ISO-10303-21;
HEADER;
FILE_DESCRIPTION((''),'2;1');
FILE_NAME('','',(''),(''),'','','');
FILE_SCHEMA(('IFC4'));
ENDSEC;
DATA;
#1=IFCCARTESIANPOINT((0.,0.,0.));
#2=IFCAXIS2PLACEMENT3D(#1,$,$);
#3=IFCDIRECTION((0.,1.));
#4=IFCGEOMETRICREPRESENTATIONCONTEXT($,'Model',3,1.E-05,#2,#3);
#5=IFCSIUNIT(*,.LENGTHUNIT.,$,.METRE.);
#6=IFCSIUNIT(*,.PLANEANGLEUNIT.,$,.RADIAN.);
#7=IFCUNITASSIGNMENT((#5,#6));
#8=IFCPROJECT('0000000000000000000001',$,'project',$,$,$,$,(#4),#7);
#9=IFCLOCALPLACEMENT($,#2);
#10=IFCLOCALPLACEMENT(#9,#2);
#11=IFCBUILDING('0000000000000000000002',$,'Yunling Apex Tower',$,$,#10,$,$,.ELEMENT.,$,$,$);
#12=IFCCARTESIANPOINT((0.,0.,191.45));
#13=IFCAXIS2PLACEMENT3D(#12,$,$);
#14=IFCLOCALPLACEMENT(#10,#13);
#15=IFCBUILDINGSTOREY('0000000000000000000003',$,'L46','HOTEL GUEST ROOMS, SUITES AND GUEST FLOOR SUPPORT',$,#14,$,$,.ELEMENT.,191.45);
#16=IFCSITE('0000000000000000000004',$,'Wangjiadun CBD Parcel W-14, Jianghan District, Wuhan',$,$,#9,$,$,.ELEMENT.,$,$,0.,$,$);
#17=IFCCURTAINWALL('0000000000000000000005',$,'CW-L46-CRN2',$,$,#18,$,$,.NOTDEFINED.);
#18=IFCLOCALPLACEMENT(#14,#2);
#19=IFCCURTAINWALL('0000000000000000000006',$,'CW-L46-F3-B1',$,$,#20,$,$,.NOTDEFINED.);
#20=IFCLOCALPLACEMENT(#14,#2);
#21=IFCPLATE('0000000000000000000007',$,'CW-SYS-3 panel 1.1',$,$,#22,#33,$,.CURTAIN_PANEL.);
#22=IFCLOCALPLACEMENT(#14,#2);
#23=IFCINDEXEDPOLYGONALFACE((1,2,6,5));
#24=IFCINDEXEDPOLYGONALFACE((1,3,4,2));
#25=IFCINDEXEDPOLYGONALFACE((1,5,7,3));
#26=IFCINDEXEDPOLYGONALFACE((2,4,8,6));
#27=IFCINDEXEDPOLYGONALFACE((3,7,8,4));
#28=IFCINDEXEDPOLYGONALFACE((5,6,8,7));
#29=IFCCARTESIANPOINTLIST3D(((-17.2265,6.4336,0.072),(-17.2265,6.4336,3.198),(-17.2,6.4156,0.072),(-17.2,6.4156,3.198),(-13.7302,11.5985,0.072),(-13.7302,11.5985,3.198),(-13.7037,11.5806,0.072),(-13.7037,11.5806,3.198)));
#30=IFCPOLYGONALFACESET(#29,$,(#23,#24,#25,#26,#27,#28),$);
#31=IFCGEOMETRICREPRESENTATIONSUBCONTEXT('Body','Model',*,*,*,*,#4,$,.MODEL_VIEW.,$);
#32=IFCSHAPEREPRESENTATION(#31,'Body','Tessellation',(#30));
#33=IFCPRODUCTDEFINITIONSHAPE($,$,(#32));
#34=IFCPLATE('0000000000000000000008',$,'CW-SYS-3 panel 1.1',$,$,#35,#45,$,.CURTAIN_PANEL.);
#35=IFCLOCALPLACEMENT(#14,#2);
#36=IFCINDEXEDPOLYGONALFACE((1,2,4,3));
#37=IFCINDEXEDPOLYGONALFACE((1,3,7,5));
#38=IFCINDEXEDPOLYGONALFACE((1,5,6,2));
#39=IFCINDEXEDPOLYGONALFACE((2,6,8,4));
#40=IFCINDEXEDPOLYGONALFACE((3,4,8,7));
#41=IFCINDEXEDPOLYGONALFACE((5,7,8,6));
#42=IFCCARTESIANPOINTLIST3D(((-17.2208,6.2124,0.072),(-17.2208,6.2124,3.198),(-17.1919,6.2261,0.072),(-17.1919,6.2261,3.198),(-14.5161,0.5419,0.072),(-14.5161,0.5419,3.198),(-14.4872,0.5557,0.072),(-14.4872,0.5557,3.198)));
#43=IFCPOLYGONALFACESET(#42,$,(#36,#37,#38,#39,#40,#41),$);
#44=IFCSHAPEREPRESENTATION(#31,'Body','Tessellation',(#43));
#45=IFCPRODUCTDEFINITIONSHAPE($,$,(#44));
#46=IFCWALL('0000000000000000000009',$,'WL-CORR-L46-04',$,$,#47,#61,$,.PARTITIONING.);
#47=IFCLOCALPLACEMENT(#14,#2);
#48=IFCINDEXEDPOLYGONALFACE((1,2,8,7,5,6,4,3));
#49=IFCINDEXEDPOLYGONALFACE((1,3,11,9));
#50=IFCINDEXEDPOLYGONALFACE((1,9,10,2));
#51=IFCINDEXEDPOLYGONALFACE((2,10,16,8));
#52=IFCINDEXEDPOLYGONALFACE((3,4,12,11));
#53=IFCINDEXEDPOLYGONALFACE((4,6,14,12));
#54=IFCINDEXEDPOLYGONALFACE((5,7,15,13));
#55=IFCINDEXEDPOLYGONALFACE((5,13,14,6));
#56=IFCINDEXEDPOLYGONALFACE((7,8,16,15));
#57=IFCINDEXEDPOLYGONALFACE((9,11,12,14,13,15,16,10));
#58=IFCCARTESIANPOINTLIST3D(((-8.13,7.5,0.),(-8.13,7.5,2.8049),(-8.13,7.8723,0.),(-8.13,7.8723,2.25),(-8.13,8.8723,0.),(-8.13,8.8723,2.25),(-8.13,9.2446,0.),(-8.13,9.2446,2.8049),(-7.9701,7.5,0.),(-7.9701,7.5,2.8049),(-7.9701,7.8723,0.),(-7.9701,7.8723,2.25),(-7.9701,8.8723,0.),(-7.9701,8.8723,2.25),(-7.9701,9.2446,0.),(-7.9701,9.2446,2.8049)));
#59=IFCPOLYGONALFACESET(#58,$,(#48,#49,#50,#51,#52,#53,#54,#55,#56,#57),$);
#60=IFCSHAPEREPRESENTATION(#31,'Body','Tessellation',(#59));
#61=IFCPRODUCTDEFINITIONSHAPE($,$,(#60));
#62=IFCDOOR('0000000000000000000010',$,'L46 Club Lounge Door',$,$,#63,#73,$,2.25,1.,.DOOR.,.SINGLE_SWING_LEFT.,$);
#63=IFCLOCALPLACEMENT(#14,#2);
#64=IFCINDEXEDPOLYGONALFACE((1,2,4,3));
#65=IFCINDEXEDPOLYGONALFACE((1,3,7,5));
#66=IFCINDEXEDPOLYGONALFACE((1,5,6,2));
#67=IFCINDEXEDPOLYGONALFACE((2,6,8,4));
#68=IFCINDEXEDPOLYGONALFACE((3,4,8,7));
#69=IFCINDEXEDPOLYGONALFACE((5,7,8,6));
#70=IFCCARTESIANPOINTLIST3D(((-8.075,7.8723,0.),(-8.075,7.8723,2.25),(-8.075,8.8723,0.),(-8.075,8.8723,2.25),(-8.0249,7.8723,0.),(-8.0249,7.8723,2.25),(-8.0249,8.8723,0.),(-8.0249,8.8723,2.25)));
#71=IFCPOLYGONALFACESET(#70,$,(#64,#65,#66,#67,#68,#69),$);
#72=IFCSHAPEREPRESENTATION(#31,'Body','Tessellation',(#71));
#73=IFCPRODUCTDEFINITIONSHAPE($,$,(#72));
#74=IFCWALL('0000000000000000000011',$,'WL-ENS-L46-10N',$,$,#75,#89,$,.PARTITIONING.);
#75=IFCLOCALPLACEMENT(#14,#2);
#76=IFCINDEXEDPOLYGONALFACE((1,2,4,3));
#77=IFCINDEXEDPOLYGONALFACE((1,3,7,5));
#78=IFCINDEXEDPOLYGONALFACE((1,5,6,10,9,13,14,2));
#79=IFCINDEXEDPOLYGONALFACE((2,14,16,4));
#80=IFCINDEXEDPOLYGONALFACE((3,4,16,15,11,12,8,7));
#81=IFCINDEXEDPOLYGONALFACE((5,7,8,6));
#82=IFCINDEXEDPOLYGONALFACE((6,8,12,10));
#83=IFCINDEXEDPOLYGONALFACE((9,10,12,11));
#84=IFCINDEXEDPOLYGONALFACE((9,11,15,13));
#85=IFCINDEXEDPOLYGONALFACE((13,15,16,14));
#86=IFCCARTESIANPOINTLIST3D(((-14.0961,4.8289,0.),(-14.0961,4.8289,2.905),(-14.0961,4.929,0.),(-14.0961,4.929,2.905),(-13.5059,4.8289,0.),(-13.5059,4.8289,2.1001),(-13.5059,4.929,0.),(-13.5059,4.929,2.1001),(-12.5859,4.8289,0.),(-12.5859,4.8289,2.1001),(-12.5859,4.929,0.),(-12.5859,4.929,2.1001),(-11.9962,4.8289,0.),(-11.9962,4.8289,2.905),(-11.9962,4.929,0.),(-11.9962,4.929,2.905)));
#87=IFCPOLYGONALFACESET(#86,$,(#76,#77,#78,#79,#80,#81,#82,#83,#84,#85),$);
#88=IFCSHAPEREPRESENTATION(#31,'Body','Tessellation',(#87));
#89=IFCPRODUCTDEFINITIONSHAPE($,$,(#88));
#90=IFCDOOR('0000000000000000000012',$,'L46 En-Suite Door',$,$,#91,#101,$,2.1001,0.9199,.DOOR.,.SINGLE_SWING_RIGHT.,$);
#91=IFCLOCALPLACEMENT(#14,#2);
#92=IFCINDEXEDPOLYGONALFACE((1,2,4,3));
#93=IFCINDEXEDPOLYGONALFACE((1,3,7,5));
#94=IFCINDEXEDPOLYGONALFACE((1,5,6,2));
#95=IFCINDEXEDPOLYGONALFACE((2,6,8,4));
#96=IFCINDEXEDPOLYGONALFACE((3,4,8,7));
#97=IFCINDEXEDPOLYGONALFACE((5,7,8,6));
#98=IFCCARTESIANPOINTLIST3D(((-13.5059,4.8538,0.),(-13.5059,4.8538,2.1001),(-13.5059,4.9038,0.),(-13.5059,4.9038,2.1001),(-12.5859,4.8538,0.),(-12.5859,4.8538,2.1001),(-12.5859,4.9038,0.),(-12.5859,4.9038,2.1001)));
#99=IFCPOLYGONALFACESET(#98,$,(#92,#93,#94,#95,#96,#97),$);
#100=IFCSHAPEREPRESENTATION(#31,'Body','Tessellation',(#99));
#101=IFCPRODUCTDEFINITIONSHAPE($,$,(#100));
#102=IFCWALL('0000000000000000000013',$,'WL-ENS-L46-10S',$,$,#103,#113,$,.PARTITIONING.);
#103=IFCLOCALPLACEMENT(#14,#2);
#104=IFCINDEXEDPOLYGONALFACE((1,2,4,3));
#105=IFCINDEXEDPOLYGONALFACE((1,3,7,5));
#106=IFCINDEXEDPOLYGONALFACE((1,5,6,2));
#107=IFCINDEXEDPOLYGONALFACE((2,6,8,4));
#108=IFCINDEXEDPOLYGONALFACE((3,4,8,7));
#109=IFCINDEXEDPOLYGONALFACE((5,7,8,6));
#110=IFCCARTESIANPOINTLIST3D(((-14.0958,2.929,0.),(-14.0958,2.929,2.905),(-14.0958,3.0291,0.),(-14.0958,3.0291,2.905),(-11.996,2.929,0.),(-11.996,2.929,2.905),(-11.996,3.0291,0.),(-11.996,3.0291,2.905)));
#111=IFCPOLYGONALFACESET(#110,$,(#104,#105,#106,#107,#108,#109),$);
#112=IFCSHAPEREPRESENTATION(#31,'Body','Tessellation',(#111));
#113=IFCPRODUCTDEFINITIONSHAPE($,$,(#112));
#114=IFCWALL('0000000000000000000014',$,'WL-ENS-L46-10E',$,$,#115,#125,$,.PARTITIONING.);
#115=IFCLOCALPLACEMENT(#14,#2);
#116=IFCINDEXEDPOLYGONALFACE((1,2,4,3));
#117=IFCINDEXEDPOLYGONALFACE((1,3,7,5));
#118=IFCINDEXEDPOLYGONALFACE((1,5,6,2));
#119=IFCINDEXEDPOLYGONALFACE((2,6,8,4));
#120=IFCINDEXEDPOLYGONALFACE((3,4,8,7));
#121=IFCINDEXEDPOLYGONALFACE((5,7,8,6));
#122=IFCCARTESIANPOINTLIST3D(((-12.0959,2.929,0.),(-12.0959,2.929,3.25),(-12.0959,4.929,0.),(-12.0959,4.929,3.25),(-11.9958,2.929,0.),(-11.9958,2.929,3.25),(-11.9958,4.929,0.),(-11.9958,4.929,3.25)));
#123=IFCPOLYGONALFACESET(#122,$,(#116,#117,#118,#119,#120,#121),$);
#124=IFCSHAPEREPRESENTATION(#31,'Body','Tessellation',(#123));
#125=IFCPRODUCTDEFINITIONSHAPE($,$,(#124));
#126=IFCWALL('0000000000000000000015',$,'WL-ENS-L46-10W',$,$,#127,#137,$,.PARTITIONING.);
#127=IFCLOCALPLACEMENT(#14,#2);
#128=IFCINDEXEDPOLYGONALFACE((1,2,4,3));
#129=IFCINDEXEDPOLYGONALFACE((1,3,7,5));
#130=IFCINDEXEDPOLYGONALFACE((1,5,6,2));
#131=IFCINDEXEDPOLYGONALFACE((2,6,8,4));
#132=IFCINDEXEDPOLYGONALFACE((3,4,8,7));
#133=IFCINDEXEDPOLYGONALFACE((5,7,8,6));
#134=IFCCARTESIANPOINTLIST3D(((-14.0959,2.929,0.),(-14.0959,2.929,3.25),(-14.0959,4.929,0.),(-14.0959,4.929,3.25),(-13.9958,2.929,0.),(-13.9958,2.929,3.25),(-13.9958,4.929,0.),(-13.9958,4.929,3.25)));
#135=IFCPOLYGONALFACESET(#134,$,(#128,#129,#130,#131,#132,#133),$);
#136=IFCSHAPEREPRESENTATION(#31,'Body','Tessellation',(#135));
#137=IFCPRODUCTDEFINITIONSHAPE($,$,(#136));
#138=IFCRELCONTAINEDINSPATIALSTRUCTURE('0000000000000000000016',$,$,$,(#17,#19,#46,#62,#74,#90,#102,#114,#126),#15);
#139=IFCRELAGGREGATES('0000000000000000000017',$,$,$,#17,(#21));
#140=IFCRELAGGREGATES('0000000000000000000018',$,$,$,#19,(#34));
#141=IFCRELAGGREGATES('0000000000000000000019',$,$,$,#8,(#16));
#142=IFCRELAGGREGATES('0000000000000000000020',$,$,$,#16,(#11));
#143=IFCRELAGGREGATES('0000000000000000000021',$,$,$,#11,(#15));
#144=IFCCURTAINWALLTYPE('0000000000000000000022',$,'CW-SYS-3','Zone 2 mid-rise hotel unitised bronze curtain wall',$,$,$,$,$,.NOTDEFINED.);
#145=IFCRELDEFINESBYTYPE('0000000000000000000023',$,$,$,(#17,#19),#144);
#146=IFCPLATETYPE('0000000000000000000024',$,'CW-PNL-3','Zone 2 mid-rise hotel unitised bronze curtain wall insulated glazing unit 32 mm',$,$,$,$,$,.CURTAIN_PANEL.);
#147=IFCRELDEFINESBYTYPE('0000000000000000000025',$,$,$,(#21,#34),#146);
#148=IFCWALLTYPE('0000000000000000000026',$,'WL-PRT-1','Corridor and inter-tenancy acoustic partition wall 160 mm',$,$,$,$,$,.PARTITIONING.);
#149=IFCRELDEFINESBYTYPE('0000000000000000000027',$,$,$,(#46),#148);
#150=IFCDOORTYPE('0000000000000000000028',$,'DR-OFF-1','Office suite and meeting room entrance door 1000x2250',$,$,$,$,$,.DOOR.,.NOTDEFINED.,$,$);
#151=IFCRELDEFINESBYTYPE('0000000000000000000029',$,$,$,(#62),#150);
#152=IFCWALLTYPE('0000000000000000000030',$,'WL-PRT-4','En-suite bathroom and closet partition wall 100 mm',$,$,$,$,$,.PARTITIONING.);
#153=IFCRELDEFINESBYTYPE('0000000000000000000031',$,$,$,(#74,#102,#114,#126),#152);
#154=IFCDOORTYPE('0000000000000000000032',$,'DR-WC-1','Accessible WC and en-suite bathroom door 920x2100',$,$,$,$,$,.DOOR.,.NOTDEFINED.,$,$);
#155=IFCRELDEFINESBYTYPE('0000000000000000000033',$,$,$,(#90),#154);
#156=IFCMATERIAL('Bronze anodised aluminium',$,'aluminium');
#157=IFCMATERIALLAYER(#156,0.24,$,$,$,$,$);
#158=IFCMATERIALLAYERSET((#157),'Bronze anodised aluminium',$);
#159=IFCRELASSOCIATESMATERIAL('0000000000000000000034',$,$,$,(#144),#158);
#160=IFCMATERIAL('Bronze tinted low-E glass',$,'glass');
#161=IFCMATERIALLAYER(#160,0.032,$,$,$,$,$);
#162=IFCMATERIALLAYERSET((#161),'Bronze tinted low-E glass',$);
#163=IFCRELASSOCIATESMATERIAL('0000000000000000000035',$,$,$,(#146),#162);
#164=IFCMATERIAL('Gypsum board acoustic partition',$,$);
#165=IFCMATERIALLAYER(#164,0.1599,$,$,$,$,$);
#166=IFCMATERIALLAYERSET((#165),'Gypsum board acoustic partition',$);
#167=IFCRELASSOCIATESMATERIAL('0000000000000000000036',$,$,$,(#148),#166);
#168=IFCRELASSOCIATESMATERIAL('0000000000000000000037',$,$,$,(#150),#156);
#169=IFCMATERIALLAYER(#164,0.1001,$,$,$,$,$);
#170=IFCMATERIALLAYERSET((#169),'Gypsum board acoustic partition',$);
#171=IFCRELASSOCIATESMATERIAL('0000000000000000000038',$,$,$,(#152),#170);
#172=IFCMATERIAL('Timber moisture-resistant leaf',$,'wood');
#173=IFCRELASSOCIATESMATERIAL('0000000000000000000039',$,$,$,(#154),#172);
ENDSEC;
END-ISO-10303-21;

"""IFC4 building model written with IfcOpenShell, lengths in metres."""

from ifc_helpers import new_model, si_unit, direction, frame, frame_2d, origin, origin_2d, place, context, subcontext, project, spatial, rectangle, extrude, source, transform, mapped, material, layer, layer_set, type_object, element, fill, aggregate, save


model = new_model("IFC4")

# Units and contexts
model_context = context("Model", 3, precision=1e-05, world=origin(), true_north=direction((0.0, 1.0)))
body_context = subcontext(model_context, "Body", "Model", "MODEL_VIEW")
ifc_project = project(units=[si_unit("LENGTHUNIT", "METRE"), si_unit("PLANEANGLEUNIT", "RADIAN")], contexts=[model_context])

# Site, building, storey
site_placement = place(None, origin())
site = spatial("IfcSite", under=ifc_project, at=site_placement, Name="Wangjiadun CBD Parcel W-14, Jianghan District, Wuhan", CompositionType="ELEMENT", RefElevation=0.0)
building_placement = place(site_placement, origin())
building = spatial("IfcBuilding", under=site, at=building_placement, Name="Yunling Apex Tower", CompositionType="ELEMENT")
storey_placement = place(building_placement, frame((0.0, 0.0, 191.45)))
storey = spatial("IfcBuildingStorey", under=building, at=storey_placement, Name="L46", Description="HOTEL GUEST ROOMS, SUITES AND GUEST FLOOR SUPPORT", CompositionType="ELEMENT", Elevation=191.45)

# Shared definitions
ifc_material_1 = material(Name="Bronze anodised aluminium", Category="aluminium")
ifc_layer_1 = layer(ifc_material_1, 0.24)
ifc_layer_set_1 = layer_set([ifc_layer_1], Name="Bronze anodised aluminium")
curtain_wall_type = type_object("IfcCurtainWallType", Name="CW-SYS-3", Description="Zone 2 mid-rise hotel unitised bronze curtain wall", PredefinedType="NOTDEFINED", material=ifc_layer_set_1)

# Curtain walls
curtain_wall_1_placement = place(storey_placement, origin())
curtain_wall_1 = element("IfcCurtainWall", 1, at=curtain_wall_1_placement, inside=storey, type_object=curtain_wall_type, Name="CW-L46-CRN2", PredefinedType="NOTDEFINED")
curtain_wall_2_placement = place(storey_placement, origin())
curtain_wall_2 = element("IfcCurtainWall", 2, at=curtain_wall_2_placement, inside=storey, type_object=curtain_wall_type, Name="CW-L46-F3-B1", PredefinedType="NOTDEFINED")

# Plates
ifc_material_2 = material(Name="Bronze tinted low-E glass", Category="glass")
ifc_layer_2 = layer(ifc_material_2, 0.032)
ifc_layer_set_2 = layer_set([ifc_layer_2], Name="Bronze tinted low-E glass")
plate_type = type_object("IfcPlateType", Name="CW-PNL-3", Description="Zone 2 mid-rise hotel unitised bronze curtain wall insulated glazing unit 32 mm", PredefinedType="CURTAIN_PANEL", material=ifc_layer_set_2)
shared_shape_1 = source(origin(), body_context, "Body", "SweptSolid", [
    extrude(rectangle(XDim=6.2371, YDim=0.032, at=origin_2d()), origin(), (0.0, 0.0, 1.0), 3.126),
])
plate_1_placement = place(storey_placement, frame((-15.4651, 9.0071, 0.072), z_axis=(0.0, 0.0, 1.0), x_axis=(-0.56057, -0.828107, 0.0)))
plate_1 = element("IfcPlate", 3, at=plate_1_placement, type_object=plate_type, Name="CW-SYS-3 panel 1.1", PredefinedType="CURTAIN_PANEL", context=body_context, shape_type="MappedRepresentation", body=[
    mapped(shared_shape_1, transform((0.0, 0.0, 0.0), scale=1.0)),
])
aggregate(curtain_wall_1, [plate_1])
shared_shape_2 = source(origin(), body_context, "Body", "SweptSolid", [
    extrude(rectangle(XDim=6.2825, YDim=0.032, at=origin_2d()), origin(), (0.0, 0.0, 1.0), 3.126),
])
plate_2_placement = place(storey_placement, frame((-15.854, 3.384, 0.072), z_axis=(0.0, 0.0, 1.0), x_axis=(0.430518, -0.902582, 0.0)))
plate_2 = element("IfcPlate", 4, at=plate_2_placement, type_object=plate_type, Name="CW-SYS-3 panel 1.1", PredefinedType="CURTAIN_PANEL", context=body_context, shape_type="MappedRepresentation", body=[
    mapped(shared_shape_2, transform((0.0, 0.0, 0.0), scale=1.0)),
])
aggregate(curtain_wall_2, [plate_2])

# Walls, openings, doors
ifc_material_3 = material(Name="Gypsum board acoustic partition")
ifc_layer_3 = layer(ifc_material_3, 0.1599)
ifc_layer_set_3 = layer_set([ifc_layer_3], Name="Gypsum board acoustic partition")
wall_type_1 = type_object("IfcWallType", Name="WL-PRT-1", Description="Corridor and inter-tenancy acoustic partition wall 160 mm", PredefinedType="PARTITIONING", material=ifc_layer_set_3)
wall_1_placement = place(storey_placement, frame((-8.05, 7.5, 0.0), z_axis=(0.0, 0.0, 1.0), x_axis=(0.0, 1.0, 0.0)))
wall_1 = element("IfcWall", 5, at=wall_1_placement, inside=storey, type_object=wall_type_1, Name="WL-CORR-L46-04", PredefinedType="PARTITIONING", context=body_context, shape_type="SweptSolid", body=[
    extrude(rectangle(XDim=1.7446, YDim=0.1599, at=frame_2d((0.8723, 0.0))), origin(), (0.0, 0.0, 1.0), 2.8049),
])
opening_1_placement = place(wall_1_placement, frame((0.3723, 0.0, 0.0)))
opening_1 = element("IfcOpeningElement", 6, at=opening_1_placement, cuts=wall_1, PredefinedType="OPENING", context=body_context, shape_type="SweptSolid", body=[
    extrude(rectangle(XDim=1.0, YDim=2.25, at=frame_2d((0.5, 1.125))), frame((0.0, 0.0898, 0.0), z_axis=(0.0, -1.0, 0.0), x_axis=(1.0, 0.0, 0.0)), (0.0, 0.0, 1.0), 0.1799),
])
door_type_1 = type_object("IfcDoorType", Name="DR-OFF-1", Description="Office suite and meeting room entrance door 1000x2250", OperationType="NOTDEFINED", PredefinedType="DOOR", material=ifc_material_1)
door_1_placement = place(opening_1_placement, origin())
door_1 = element("IfcDoor", 7, at=door_1_placement, inside=storey, type_object=door_type_1, Name="L46 Club Lounge Door", OperationType="SINGLE_SWING_LEFT", OverallHeight=2.25, OverallWidth=1.0, PredefinedType="DOOR", context=body_context, shape_type="SweptSolid", body=[
    extrude(rectangle(XDim=1.0, YDim=2.25, at=frame_2d((0.5, 1.125))), frame((0.0, 0.0249, 0.0), z_axis=(0.0, -1.0, 0.0), x_axis=(1.0, 0.0, 0.0)), (0.0, 0.0, 1.0), 0.05),
])
fill(opening_1, door_1)
ifc_layer_4 = layer(ifc_material_3, 0.1001)
ifc_layer_set_4 = layer_set([ifc_layer_4], Name="Gypsum board acoustic partition")
wall_type_2 = type_object("IfcWallType", Name="WL-PRT-4", Description="En-suite bathroom and closet partition wall 100 mm", PredefinedType="PARTITIONING", material=ifc_layer_set_4)
wall_2_placement = place(storey_placement, frame((-14.0959, 4.8789, 0.0), z_axis=(0.0, 0.0, 1.0), x_axis=(1.0, 0.0, 0.0)))
wall_2 = element("IfcWall", 8, at=wall_2_placement, inside=storey, type_object=wall_type_2, Name="WL-ENS-L46-10N", PredefinedType="PARTITIONING", context=body_context, shape_type="SweptSolid", body=[
    extrude(rectangle(XDim=2.0999, YDim=0.1001, at=frame_2d((1.0498, 0.0))), origin(), (0.0, 0.0, 1.0), 2.905),
])
opening_2_placement = place(wall_2_placement, frame((0.5901, 0.0, 0.0)))
opening_2 = element("IfcOpeningElement", 9, at=opening_2_placement, cuts=wall_2, PredefinedType="OPENING", context=body_context, shape_type="SweptSolid", body=[
    extrude(rectangle(XDim=0.9199, YDim=2.1001, at=frame_2d((0.46, 1.05))), frame((0.0, 0.0601, 0.0), z_axis=(0.0, -1.0, 0.0), x_axis=(1.0, 0.0, 0.0)), (0.0, 0.0, 1.0), 0.1201),
])
ifc_material_4 = material(Name="Timber moisture-resistant leaf", Category="wood")
door_type_2 = type_object("IfcDoorType", Name="DR-WC-1", Description="Accessible WC and en-suite bathroom door 920x2100", OperationType="NOTDEFINED", PredefinedType="DOOR", material=ifc_material_4)
door_2_placement = place(opening_2_placement, origin())
door_2 = element("IfcDoor", 10, at=door_2_placement, inside=storey, type_object=door_type_2, Name="L46 En-Suite Door", OperationType="SINGLE_SWING_RIGHT", OverallHeight=2.1001, OverallWidth=0.9199, PredefinedType="DOOR", context=body_context, shape_type="SweptSolid", body=[
    extrude(rectangle(XDim=0.9199, YDim=2.1001, at=frame_2d((0.46, 1.05))), frame((0.0, 0.0249, 0.0), z_axis=(0.0, -1.0, 0.0), x_axis=(1.0, 0.0, 0.0)), (0.0, 0.0, 1.0), 0.05),
])
fill(opening_2, door_2)

# Walls
wall_3_placement = place(storey_placement, frame((-11.9961, 2.979, 0.0), z_axis=(0.0, 0.0, 1.0), x_axis=(-1.0, 0.0, 0.0)))
element("IfcWall", 11, at=wall_3_placement, inside=storey, type_object=wall_type_2, Name="WL-ENS-L46-10S", PredefinedType="PARTITIONING", context=body_context, shape_type="SweptSolid", body=[
    extrude(rectangle(XDim=2.0999, YDim=0.1001, at=frame_2d((1.0498, 0.0))), origin(), (0.0, 0.0, 1.0), 2.905),
])
for number, where, z_axis, x_axis, name in (
    (12, (-12.0459, 4.929, 0.0), (0.0, 0.0, 1.0), (0.0, -1.0, 0.0), "WL-ENS-L46-10E"),
    (13, (-14.0459, 2.929, 0.0), (0.0, 0.0, 1.0), (0.0, 1.0, 0.0), "WL-ENS-L46-10W"),
):
    element("IfcWall", number, at=place(storey_placement, frame(where, z_axis=z_axis, x_axis=x_axis)), inside=storey, type_object=wall_type_2, Name=name, PredefinedType="PARTITIONING", context=body_context, shape_type="SweptSolid", body=[
        extrude(rectangle(XDim=2.0, YDim=0.1001, at=frame_2d((1.0, 0.0))), origin(), (0.0, 0.0, 1.0), 3.25),
    ])

save(model, "model.ifc")
